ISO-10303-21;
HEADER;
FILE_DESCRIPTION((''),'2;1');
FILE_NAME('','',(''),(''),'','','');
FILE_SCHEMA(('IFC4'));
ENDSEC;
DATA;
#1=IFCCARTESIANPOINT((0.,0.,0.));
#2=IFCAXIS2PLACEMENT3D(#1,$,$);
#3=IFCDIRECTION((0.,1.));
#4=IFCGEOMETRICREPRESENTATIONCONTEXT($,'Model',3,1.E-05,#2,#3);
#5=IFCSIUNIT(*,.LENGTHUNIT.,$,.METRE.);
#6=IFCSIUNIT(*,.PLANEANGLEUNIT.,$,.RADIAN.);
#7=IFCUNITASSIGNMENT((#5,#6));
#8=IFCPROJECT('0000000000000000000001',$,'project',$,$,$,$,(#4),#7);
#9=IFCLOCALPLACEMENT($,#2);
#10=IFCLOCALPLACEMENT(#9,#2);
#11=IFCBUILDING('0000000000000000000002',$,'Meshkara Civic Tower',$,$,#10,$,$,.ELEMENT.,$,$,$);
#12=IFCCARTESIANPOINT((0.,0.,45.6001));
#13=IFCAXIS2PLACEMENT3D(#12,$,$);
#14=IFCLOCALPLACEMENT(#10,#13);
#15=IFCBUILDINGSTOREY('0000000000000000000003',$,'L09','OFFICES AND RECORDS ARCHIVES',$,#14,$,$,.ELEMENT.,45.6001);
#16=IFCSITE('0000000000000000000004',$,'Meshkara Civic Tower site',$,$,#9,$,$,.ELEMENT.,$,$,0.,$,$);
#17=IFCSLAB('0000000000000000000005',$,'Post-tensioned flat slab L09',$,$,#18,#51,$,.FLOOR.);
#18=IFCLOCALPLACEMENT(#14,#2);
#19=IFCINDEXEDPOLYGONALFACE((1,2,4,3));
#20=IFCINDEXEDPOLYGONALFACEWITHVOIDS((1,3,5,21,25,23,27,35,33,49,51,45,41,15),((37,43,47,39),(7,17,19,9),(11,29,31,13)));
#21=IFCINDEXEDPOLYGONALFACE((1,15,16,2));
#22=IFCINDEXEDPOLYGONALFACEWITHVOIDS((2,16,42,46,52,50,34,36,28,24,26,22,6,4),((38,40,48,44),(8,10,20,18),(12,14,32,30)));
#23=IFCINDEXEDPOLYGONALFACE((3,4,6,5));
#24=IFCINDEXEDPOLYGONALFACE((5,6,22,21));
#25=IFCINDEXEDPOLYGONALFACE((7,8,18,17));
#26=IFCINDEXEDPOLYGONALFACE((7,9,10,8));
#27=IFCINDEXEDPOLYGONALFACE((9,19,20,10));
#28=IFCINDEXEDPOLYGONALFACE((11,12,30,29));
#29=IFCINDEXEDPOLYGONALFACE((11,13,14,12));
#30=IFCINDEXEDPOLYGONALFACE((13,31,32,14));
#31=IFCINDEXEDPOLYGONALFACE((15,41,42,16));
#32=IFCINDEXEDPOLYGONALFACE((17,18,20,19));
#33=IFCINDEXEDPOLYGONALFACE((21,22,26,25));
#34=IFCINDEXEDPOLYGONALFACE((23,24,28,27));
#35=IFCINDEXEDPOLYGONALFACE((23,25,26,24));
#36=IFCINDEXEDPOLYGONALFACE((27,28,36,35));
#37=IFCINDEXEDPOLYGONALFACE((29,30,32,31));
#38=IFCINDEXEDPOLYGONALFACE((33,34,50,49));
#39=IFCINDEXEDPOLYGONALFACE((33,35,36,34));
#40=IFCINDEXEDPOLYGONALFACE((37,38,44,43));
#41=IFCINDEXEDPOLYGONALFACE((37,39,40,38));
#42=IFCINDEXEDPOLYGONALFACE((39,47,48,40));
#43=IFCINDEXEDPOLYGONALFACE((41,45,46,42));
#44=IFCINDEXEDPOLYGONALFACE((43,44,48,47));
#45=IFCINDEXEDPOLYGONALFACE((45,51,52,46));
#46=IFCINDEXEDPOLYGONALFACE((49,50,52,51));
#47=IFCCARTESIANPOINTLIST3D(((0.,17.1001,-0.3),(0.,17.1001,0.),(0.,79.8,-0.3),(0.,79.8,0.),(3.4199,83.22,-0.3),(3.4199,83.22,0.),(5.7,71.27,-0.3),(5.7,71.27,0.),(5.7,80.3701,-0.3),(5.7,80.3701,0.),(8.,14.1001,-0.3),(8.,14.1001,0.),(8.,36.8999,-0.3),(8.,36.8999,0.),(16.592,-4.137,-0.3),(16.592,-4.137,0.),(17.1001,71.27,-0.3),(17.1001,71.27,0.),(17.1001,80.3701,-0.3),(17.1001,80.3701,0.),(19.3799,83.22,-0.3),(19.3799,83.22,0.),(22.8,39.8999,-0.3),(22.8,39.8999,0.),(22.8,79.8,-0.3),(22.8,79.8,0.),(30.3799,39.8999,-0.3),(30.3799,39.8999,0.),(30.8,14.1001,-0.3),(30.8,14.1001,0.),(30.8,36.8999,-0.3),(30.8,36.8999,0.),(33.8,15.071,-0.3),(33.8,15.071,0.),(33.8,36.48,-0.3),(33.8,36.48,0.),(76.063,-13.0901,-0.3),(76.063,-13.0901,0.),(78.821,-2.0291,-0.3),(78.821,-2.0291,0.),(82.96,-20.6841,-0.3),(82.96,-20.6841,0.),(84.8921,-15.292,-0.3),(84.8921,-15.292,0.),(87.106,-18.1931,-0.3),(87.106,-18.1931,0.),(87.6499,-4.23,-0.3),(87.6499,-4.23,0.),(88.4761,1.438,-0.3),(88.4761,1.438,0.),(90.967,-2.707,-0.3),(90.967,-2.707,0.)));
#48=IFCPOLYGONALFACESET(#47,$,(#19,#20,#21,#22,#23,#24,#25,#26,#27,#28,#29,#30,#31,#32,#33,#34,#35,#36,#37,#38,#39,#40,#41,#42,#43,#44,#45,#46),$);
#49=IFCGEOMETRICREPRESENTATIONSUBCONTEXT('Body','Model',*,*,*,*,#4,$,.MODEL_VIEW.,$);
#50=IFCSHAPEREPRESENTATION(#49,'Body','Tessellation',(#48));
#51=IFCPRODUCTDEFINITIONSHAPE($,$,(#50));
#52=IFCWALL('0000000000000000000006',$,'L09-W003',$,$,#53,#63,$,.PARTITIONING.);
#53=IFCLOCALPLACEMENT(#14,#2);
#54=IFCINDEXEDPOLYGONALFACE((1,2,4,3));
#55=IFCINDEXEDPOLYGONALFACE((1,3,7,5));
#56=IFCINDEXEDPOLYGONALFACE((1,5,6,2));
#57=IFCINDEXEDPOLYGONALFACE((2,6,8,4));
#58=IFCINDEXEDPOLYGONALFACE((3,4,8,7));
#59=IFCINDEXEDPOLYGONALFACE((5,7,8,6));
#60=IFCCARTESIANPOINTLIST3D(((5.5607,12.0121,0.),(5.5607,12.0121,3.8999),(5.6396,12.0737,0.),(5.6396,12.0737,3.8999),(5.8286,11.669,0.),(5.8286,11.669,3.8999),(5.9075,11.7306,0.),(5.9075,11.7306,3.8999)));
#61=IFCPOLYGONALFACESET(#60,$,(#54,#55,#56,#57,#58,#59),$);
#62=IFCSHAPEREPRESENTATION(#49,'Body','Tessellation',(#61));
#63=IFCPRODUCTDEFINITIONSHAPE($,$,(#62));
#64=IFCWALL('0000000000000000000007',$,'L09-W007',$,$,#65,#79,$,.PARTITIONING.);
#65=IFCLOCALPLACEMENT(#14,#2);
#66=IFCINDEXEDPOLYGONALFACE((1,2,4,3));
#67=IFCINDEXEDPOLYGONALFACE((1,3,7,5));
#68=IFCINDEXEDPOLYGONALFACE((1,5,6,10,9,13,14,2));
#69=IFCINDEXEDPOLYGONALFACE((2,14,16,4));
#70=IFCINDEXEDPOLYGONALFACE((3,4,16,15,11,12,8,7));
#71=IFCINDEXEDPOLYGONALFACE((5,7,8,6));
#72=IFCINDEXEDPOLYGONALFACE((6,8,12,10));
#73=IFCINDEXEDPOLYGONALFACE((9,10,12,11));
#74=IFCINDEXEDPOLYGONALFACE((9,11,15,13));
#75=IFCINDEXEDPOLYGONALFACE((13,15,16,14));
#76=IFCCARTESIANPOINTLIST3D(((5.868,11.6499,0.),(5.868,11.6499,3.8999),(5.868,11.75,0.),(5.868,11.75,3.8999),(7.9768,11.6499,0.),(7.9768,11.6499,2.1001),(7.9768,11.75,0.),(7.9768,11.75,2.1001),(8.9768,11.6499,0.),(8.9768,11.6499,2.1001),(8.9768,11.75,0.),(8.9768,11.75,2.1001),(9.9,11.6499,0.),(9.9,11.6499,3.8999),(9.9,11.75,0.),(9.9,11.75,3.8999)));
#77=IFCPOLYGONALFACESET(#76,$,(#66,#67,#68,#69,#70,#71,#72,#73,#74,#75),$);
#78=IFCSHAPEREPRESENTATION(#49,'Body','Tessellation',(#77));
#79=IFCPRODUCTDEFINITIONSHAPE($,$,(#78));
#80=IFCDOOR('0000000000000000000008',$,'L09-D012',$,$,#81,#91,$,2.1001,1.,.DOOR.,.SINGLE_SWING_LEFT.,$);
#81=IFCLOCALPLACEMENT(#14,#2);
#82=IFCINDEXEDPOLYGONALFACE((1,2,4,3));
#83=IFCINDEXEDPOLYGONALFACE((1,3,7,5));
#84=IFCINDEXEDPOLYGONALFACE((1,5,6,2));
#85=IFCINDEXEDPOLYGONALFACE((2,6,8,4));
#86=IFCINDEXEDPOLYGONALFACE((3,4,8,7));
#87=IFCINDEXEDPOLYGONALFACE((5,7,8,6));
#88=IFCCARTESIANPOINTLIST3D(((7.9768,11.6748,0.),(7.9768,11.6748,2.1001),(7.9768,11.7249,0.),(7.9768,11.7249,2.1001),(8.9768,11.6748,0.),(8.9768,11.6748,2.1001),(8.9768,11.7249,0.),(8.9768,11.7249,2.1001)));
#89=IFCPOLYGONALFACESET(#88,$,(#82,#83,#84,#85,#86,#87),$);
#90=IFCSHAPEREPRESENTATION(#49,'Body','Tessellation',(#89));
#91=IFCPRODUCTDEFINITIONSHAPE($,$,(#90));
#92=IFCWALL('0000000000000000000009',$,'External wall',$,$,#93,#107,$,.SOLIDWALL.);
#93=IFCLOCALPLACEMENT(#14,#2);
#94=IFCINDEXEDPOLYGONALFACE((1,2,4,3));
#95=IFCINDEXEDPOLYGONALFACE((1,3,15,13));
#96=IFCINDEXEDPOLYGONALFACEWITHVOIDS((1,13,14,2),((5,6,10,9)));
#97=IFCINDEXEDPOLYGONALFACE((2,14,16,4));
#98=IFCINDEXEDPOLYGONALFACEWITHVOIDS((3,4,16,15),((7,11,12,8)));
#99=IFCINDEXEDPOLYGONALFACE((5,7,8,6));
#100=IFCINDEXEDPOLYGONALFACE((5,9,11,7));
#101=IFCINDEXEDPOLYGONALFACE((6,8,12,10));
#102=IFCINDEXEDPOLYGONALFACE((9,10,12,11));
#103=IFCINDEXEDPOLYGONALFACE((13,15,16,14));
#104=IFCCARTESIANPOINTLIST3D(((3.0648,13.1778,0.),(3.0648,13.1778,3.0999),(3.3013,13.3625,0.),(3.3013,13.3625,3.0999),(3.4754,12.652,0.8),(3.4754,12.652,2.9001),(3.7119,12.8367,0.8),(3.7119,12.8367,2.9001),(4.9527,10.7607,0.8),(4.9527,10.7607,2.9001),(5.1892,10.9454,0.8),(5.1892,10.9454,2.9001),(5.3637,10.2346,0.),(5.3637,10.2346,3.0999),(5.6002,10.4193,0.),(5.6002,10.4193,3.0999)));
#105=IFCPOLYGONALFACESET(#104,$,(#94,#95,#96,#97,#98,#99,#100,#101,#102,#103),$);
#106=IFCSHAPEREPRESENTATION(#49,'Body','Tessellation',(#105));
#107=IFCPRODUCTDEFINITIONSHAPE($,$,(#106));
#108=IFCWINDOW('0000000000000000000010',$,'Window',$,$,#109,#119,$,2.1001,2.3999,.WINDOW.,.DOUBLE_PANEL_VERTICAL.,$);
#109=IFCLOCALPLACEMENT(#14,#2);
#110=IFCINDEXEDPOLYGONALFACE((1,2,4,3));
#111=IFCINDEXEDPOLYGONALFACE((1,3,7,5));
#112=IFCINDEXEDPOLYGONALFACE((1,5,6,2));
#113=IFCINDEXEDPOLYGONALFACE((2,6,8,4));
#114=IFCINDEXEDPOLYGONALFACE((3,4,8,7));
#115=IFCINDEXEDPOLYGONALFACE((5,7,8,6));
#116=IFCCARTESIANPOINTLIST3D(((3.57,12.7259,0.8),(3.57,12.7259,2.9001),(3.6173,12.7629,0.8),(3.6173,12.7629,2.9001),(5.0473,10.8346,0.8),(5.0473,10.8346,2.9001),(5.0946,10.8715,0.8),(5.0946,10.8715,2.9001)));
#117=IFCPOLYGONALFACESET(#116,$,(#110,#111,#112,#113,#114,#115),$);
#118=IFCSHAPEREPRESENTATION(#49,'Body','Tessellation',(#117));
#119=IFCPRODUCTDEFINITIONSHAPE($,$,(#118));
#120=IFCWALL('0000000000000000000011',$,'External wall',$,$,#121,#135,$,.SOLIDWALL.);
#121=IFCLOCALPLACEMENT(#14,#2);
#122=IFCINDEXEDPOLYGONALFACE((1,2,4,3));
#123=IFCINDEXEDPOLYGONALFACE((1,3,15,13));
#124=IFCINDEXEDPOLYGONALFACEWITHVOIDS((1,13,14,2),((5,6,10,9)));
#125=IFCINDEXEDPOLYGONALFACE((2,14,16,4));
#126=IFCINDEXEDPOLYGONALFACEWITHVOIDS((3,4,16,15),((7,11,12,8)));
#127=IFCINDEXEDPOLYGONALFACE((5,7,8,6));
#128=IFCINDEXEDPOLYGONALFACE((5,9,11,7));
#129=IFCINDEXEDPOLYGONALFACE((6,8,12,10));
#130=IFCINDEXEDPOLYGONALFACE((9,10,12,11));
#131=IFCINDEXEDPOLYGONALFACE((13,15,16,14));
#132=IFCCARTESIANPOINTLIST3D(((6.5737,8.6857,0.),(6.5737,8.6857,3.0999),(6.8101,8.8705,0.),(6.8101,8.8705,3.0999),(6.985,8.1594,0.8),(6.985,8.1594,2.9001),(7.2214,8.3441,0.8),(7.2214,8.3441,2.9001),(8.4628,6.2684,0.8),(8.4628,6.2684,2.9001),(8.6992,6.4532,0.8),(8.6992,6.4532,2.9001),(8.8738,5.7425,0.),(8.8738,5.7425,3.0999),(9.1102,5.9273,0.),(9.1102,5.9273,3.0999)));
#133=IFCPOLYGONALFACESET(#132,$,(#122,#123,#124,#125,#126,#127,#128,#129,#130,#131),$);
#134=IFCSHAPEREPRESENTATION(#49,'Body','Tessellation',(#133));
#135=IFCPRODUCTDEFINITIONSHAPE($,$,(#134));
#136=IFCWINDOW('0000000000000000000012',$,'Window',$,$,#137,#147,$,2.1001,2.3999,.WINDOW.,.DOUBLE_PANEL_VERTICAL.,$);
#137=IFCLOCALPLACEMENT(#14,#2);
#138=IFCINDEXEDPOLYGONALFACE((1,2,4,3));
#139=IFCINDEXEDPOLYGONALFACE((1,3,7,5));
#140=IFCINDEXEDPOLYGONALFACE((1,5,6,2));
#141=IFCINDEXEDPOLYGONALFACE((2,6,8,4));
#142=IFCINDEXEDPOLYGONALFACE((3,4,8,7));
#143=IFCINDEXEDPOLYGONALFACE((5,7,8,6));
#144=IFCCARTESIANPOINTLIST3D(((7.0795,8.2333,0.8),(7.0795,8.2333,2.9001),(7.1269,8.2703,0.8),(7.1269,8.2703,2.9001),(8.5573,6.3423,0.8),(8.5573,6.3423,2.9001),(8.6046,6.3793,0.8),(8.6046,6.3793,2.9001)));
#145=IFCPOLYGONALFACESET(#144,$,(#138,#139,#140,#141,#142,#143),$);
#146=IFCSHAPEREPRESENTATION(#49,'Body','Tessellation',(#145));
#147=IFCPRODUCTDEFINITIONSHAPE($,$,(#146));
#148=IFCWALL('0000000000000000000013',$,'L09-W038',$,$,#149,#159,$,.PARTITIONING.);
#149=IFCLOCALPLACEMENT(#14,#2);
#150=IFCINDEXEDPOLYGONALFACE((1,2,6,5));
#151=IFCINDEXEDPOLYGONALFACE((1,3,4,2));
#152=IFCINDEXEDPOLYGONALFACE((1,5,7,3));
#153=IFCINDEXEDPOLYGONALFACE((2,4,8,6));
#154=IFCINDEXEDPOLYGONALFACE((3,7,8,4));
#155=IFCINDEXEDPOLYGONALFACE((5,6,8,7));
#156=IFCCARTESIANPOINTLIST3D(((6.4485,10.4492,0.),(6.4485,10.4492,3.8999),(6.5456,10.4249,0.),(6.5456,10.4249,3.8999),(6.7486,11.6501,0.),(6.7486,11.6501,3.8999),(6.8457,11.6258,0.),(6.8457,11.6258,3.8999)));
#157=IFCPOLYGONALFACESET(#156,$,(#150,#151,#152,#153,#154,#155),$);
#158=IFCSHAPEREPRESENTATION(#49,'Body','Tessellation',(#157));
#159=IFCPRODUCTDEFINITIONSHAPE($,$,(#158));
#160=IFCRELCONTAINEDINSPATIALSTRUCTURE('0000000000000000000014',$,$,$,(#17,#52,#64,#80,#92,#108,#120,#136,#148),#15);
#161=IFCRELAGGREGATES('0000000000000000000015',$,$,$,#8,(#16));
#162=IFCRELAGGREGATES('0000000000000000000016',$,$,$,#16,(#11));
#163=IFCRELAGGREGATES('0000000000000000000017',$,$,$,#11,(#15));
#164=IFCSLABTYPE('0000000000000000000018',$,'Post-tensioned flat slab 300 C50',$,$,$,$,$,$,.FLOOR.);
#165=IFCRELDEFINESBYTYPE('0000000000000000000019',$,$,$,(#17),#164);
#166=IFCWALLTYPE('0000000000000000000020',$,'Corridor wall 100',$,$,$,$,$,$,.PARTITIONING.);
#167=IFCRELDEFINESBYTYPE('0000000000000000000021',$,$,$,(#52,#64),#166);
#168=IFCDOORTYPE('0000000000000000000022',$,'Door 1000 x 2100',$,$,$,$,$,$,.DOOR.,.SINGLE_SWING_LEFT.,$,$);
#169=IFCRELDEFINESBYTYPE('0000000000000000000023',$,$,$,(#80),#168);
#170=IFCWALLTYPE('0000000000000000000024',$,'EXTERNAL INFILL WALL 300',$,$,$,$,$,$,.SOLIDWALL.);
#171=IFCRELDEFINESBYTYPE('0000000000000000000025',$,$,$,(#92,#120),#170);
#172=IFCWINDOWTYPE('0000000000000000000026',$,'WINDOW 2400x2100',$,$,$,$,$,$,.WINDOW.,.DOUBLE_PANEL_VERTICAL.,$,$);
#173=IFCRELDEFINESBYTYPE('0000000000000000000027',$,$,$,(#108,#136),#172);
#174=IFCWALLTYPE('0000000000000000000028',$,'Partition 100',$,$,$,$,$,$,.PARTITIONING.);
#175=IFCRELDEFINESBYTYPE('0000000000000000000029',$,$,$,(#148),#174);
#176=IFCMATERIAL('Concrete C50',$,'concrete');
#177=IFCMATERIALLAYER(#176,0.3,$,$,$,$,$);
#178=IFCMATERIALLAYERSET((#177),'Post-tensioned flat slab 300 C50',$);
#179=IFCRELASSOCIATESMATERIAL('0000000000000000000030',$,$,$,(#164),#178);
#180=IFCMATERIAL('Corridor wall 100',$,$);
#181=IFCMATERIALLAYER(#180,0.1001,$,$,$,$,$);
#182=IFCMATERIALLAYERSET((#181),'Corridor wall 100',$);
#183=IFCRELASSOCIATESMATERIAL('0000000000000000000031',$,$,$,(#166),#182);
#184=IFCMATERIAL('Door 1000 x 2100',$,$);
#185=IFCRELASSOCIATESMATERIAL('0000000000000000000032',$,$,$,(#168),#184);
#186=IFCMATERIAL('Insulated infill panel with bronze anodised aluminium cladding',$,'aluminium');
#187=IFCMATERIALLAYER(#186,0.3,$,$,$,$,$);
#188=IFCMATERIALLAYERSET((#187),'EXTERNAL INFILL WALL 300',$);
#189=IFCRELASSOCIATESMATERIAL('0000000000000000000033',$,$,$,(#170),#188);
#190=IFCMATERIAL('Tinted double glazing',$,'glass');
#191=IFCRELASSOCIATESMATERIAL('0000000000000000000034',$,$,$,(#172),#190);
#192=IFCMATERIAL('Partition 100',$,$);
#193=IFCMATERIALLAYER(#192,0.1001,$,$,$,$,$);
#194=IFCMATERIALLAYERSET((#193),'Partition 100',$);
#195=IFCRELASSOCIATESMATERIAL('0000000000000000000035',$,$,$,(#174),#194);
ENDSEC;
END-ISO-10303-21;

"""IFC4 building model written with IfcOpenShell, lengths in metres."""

from ifc_helpers import new_model, si_unit, direction, frame, frame_2d, origin, place, context, subcontext, project, spatial, polyline, rectangle, outline, extrude, material, layer, layer_set, type_object, element, fill, save


model = new_model("IFC4")

# Units and contexts
model_context = context("Model", 3, precision=1e-05, world=origin(), true_north=direction((0.0, 1.0)))
body_context = subcontext(model_context, "Body", "Model", "MODEL_VIEW")
ifc_project = project(units=[si_unit("LENGTHUNIT", "METRE"), si_unit("PLANEANGLEUNIT", "RADIAN")], contexts=[model_context])

# Site, building, storey
site_placement = place(None, origin())
site = spatial("IfcSite", under=ifc_project, at=site_placement, Name="Meshkara Civic Tower site", CompositionType="ELEMENT", RefElevation=0.0)
building_placement = place(site_placement, origin())
building = spatial("IfcBuilding", under=site, at=building_placement, Name="Meshkara Civic Tower", CompositionType="ELEMENT")
storey_placement = place(building_placement, frame((0.0, 0.0, 45.6001)))
storey = spatial("IfcBuildingStorey", under=building, at=storey_placement, Name="L09", Description="OFFICES AND RECORDS ARCHIVES", CompositionType="ELEMENT", Elevation=45.6001)

# Slab
ifc_material_1 = material(Name="Concrete C50", Category="concrete")
ifc_layer_1 = layer(ifc_material_1, 0.3)
ifc_layer_set_1 = layer_set([ifc_layer_1], Name="Post-tensioned flat slab 300 C50")
slab_type_1 = type_object("IfcSlabType", Name="Post-tensioned flat slab 300 C50", PredefinedType="FLOOR", material=ifc_layer_set_1)
slab_1_placement = place(storey_placement, frame((0.0, 0.0, -0.3)))
element("IfcSlab", 1, at=slab_1_placement, inside=storey, type_object=slab_type_1, Name="Post-tensioned flat slab L09", PredefinedType="FLOOR", context=body_context, shape_type="SweptSolid", body=[
    extrude(outline(polyline([(87.106, -18.1931), (82.96, -20.6841), (16.592, -4.137), (0.0, 17.1001), (0.0, 79.8), (3.4199, 83.22), (19.3799, 83.22), (22.8, 79.8), (22.8, 39.8999), (30.3799, 39.8999), (33.8, 36.48), (33.8, 15.071), (88.4761, 1.438), (90.967, -2.707), (87.106, -18.1931)]), holes=[polyline([(84.8921, -15.292), (87.6499, -4.23), (78.821, -2.0291), (76.063, -13.0901), (84.8921, -15.292)]), polyline([(8.0, 14.1001), (30.8, 14.1001), (30.8, 36.8999), (8.0, 36.8999), (8.0, 14.1001)]), polyline([(5.7, 80.3701), (5.7, 71.27), (17.1001, 71.27), (17.1001, 80.3701), (5.7, 80.3701)])]), origin(), (0.0, 0.0, 1.0), 0.3),
])

# Wall
ifc_material_2 = material(Name="Corridor wall 100")
ifc_layer_2 = layer(ifc_material_2, 0.1001)
ifc_layer_set_2 = layer_set([ifc_layer_2], Name="Corridor wall 100")
wall_type_1 = type_object("IfcWallType", Name="Corridor wall 100", PredefinedType="PARTITIONING", material=ifc_layer_set_2)
wall_1_placement = place(storey_placement, frame((5.6001, 12.043, 0.0), z_axis=(0.0, 0.0, 1.0), x_axis=(0.615415, -0.788203, 0.0)))
element("IfcWall", 2, at=wall_1_placement, inside=storey, type_object=wall_type_1, Name="L09-W003", PredefinedType="PARTITIONING", context=body_context, shape_type="SweptSolid", body=[
    extrude(rectangle(XDim=0.4353, YDim=0.1001, at=frame_2d((0.2178, 0.0))), origin(), (0.0, 0.0, 1.0), 3.8999),
])

# Wall, opening, door
wall_2_placement = place(storey_placement, frame((5.8679, 11.7, 0.0), z_axis=(0.0, 0.0, 1.0), x_axis=(1.0, 0.0, 0.0)))
wall_2 = element("IfcWall", 3, at=wall_2_placement, inside=storey, type_object=wall_type_1, Name="L09-W007", PredefinedType="PARTITIONING", context=body_context, shape_type="SweptSolid", body=[
    extrude(rectangle(XDim=4.032, YDim=0.1001, at=frame_2d((2.0161, 0.0))), origin(), (0.0, 0.0, 1.0), 3.8999),
])
opening_1_placement = place(wall_2_placement, frame((2.1089, 0.0, 0.0)))
opening_1 = element("IfcOpeningElement", 4, at=opening_1_placement, cuts=wall_2, PredefinedType="OPENING", context=body_context, shape_type="SweptSolid", body=[
    extrude(rectangle(XDim=1.0, YDim=2.1001, at=frame_2d((0.5, 1.05))), frame((0.0, 0.0601, 0.0), z_axis=(0.0, -1.0, 0.0), x_axis=(1.0, 0.0, 0.0)), (0.0, 0.0, 1.0), 0.1201),
])
ifc_material_3 = material(Name="Door 1000 x 2100")
door_type = type_object("IfcDoorType", Name="Door 1000 x 2100", OperationType="SINGLE_SWING_LEFT", PredefinedType="DOOR", material=ifc_material_3)
door_placement = place(opening_1_placement, origin())
door = element("IfcDoor", 5, at=door_placement, inside=storey, type_object=door_type, Name="L09-D012", OperationType="SINGLE_SWING_LEFT", OverallHeight=2.1001, OverallWidth=1.0, PredefinedType="DOOR", context=body_context, shape_type="SweptSolid", body=[
    extrude(rectangle(XDim=1.0, YDim=2.1001, at=frame_2d((0.5, 1.05))), frame((0.0, 0.0249, 0.0), z_axis=(0.0, -1.0, 0.0), x_axis=(1.0, 0.0, 0.0)), (0.0, 0.0, 1.0), 0.05),
])
fill(opening_1, door)

# Walls, openings, windows
ifc_material_4 = material(Name="Insulated infill panel with bronze anodised aluminium cladding", Category="aluminium")
ifc_layer_3 = layer(ifc_material_4, 0.3)
ifc_layer_set_3 = layer_set([ifc_layer_3], Name="EXTERNAL INFILL WALL 300")
wall_type_2 = type_object("IfcWallType", Name="EXTERNAL INFILL WALL 300", PredefinedType="SOLIDWALL", material=ifc_layer_set_3)
wall_3_placement = place(storey_placement, frame((3.1831, 13.27, 0.0), z_axis=(0.0, 0.0, 1.0), x_axis=(0.615564, -0.788087, 0.0)))
wall_3 = element("IfcWall", 6, at=wall_3_placement, inside=storey, type_object=wall_type_2, Name="External wall", PredefinedType="SOLIDWALL", context=body_context, shape_type="SweptSolid", body=[
    extrude(rectangle(XDim=3.7346, YDim=0.3, at=frame_2d((1.8672, 0.0))), origin(), (0.0, 0.0, 1.0), 3.0999),
])
opening_2_placement = place(wall_3_placement, frame((0.667, 0.0, 0.8)))
opening_2 = element("IfcOpeningElement", 7, at=opening_2_placement, cuts=wall_3, PredefinedType="OPENING", context=body_context, shape_type="SweptSolid", body=[
    extrude(rectangle(XDim=2.3999, YDim=2.1001, at=frame_2d((1.2, 1.05))), frame((0.0, 0.1599, 0.0), z_axis=(0.0, -1.0, 0.0), x_axis=(1.0, 0.0, 0.0)), (0.0, 0.0, 1.0), 0.3201),
])
ifc_material_5 = material(Name="Tinted double glazing", Category="glass")
window_type = type_object("IfcWindowType", Name="WINDOW 2400x2100", PartitioningType="DOUBLE_PANEL_VERTICAL", PredefinedType="WINDOW", material=ifc_material_5)
window_1_placement = place(opening_2_placement, origin())
window_1 = element("IfcWindow", 8, at=window_1_placement, inside=storey, type_object=window_type, Name="Window", OverallHeight=2.1001, OverallWidth=2.3999, PartitioningType="DOUBLE_PANEL_VERTICAL", PredefinedType="WINDOW", context=body_context, shape_type="SweptSolid", body=[
    extrude(rectangle(XDim=2.3999, YDim=2.1001, at=frame_2d((1.2, 1.05))), frame((0.0, 0.03, 0.0), z_axis=(0.0, -1.0, 0.0), x_axis=(1.0, 0.0, 0.0)), (0.0, 0.0, 1.0), 0.0601),
])
fill(opening_2, window_1)
wall_4_placement = place(storey_placement, frame((6.6919, 8.7781, 0.0), z_axis=(0.0, 0.0, 1.0), x_axis=(0.615767, -0.787928, 0.0)))
wall_4 = element("IfcWall", 9, at=wall_4_placement, inside=storey, type_object=wall_type_2, Name="External wall", PredefinedType="SOLIDWALL", context=body_context, shape_type="SweptSolid", body=[
    extrude(rectangle(XDim=3.7354, YDim=0.3, at=frame_2d((1.8677, 0.0))), origin(), (0.0, 0.0, 1.0), 3.0999),
])
opening_3_placement = place(wall_4_placement, frame((0.668, 0.0, 0.8)))
opening_3 = element("IfcOpeningElement", 10, at=opening_3_placement, cuts=wall_4, PredefinedType="OPENING", context=body_context, shape_type="SweptSolid", body=[
    extrude(rectangle(XDim=2.3999, YDim=2.1001, at=frame_2d((1.2, 1.05))), frame((0.0, 0.1599, 0.0), z_axis=(0.0, -1.0, 0.0), x_axis=(1.0, 0.0, 0.0)), (0.0, 0.0, 1.0), 0.3201),
])
window_2_placement = place(opening_3_placement, origin())
window_2 = element("IfcWindow", 11, at=window_2_placement, inside=storey, type_object=window_type, Name="Window", OverallHeight=2.1001, OverallWidth=2.3999, PartitioningType="DOUBLE_PANEL_VERTICAL", PredefinedType="WINDOW", context=body_context, shape_type="SweptSolid", body=[
    extrude(rectangle(XDim=2.3999, YDim=2.1001, at=frame_2d((1.2, 1.05))), frame((0.0, 0.03, 0.0), z_axis=(0.0, -1.0, 0.0), x_axis=(1.0, 0.0, 0.0)), (0.0, 0.0, 1.0), 0.0601),
])
fill(opening_3, window_2)

# Wall
ifc_material_6 = material(Name="Partition 100")
ifc_layer_4 = layer(ifc_material_6, 0.1001)
ifc_layer_set_4 = layer_set([ifc_layer_4], Name="Partition 100")
wall_type_3 = type_object("IfcWallType", Name="Partition 100", PredefinedType="PARTITIONING", material=ifc_layer_set_4)
wall_5_placement = place(storey_placement, frame((6.7971, 11.6379, 0.0), z_axis=(0.0, 0.0, 1.0), x_axis=(-0.242396, -0.970177, 0.0)))
element("IfcWall", 12, at=wall_5_placement, inside=storey, type_object=wall_type_3, Name="L09-W038", PredefinedType="PARTITIONING", context=body_context, shape_type="SweptSolid", body=[
    extrude(rectangle(XDim=1.2378, YDim=0.1001, at=frame_2d((0.6189, 0.0))), origin(), (0.0, 0.0, 1.0), 3.8999),
])

save(model, "model.ifc")
